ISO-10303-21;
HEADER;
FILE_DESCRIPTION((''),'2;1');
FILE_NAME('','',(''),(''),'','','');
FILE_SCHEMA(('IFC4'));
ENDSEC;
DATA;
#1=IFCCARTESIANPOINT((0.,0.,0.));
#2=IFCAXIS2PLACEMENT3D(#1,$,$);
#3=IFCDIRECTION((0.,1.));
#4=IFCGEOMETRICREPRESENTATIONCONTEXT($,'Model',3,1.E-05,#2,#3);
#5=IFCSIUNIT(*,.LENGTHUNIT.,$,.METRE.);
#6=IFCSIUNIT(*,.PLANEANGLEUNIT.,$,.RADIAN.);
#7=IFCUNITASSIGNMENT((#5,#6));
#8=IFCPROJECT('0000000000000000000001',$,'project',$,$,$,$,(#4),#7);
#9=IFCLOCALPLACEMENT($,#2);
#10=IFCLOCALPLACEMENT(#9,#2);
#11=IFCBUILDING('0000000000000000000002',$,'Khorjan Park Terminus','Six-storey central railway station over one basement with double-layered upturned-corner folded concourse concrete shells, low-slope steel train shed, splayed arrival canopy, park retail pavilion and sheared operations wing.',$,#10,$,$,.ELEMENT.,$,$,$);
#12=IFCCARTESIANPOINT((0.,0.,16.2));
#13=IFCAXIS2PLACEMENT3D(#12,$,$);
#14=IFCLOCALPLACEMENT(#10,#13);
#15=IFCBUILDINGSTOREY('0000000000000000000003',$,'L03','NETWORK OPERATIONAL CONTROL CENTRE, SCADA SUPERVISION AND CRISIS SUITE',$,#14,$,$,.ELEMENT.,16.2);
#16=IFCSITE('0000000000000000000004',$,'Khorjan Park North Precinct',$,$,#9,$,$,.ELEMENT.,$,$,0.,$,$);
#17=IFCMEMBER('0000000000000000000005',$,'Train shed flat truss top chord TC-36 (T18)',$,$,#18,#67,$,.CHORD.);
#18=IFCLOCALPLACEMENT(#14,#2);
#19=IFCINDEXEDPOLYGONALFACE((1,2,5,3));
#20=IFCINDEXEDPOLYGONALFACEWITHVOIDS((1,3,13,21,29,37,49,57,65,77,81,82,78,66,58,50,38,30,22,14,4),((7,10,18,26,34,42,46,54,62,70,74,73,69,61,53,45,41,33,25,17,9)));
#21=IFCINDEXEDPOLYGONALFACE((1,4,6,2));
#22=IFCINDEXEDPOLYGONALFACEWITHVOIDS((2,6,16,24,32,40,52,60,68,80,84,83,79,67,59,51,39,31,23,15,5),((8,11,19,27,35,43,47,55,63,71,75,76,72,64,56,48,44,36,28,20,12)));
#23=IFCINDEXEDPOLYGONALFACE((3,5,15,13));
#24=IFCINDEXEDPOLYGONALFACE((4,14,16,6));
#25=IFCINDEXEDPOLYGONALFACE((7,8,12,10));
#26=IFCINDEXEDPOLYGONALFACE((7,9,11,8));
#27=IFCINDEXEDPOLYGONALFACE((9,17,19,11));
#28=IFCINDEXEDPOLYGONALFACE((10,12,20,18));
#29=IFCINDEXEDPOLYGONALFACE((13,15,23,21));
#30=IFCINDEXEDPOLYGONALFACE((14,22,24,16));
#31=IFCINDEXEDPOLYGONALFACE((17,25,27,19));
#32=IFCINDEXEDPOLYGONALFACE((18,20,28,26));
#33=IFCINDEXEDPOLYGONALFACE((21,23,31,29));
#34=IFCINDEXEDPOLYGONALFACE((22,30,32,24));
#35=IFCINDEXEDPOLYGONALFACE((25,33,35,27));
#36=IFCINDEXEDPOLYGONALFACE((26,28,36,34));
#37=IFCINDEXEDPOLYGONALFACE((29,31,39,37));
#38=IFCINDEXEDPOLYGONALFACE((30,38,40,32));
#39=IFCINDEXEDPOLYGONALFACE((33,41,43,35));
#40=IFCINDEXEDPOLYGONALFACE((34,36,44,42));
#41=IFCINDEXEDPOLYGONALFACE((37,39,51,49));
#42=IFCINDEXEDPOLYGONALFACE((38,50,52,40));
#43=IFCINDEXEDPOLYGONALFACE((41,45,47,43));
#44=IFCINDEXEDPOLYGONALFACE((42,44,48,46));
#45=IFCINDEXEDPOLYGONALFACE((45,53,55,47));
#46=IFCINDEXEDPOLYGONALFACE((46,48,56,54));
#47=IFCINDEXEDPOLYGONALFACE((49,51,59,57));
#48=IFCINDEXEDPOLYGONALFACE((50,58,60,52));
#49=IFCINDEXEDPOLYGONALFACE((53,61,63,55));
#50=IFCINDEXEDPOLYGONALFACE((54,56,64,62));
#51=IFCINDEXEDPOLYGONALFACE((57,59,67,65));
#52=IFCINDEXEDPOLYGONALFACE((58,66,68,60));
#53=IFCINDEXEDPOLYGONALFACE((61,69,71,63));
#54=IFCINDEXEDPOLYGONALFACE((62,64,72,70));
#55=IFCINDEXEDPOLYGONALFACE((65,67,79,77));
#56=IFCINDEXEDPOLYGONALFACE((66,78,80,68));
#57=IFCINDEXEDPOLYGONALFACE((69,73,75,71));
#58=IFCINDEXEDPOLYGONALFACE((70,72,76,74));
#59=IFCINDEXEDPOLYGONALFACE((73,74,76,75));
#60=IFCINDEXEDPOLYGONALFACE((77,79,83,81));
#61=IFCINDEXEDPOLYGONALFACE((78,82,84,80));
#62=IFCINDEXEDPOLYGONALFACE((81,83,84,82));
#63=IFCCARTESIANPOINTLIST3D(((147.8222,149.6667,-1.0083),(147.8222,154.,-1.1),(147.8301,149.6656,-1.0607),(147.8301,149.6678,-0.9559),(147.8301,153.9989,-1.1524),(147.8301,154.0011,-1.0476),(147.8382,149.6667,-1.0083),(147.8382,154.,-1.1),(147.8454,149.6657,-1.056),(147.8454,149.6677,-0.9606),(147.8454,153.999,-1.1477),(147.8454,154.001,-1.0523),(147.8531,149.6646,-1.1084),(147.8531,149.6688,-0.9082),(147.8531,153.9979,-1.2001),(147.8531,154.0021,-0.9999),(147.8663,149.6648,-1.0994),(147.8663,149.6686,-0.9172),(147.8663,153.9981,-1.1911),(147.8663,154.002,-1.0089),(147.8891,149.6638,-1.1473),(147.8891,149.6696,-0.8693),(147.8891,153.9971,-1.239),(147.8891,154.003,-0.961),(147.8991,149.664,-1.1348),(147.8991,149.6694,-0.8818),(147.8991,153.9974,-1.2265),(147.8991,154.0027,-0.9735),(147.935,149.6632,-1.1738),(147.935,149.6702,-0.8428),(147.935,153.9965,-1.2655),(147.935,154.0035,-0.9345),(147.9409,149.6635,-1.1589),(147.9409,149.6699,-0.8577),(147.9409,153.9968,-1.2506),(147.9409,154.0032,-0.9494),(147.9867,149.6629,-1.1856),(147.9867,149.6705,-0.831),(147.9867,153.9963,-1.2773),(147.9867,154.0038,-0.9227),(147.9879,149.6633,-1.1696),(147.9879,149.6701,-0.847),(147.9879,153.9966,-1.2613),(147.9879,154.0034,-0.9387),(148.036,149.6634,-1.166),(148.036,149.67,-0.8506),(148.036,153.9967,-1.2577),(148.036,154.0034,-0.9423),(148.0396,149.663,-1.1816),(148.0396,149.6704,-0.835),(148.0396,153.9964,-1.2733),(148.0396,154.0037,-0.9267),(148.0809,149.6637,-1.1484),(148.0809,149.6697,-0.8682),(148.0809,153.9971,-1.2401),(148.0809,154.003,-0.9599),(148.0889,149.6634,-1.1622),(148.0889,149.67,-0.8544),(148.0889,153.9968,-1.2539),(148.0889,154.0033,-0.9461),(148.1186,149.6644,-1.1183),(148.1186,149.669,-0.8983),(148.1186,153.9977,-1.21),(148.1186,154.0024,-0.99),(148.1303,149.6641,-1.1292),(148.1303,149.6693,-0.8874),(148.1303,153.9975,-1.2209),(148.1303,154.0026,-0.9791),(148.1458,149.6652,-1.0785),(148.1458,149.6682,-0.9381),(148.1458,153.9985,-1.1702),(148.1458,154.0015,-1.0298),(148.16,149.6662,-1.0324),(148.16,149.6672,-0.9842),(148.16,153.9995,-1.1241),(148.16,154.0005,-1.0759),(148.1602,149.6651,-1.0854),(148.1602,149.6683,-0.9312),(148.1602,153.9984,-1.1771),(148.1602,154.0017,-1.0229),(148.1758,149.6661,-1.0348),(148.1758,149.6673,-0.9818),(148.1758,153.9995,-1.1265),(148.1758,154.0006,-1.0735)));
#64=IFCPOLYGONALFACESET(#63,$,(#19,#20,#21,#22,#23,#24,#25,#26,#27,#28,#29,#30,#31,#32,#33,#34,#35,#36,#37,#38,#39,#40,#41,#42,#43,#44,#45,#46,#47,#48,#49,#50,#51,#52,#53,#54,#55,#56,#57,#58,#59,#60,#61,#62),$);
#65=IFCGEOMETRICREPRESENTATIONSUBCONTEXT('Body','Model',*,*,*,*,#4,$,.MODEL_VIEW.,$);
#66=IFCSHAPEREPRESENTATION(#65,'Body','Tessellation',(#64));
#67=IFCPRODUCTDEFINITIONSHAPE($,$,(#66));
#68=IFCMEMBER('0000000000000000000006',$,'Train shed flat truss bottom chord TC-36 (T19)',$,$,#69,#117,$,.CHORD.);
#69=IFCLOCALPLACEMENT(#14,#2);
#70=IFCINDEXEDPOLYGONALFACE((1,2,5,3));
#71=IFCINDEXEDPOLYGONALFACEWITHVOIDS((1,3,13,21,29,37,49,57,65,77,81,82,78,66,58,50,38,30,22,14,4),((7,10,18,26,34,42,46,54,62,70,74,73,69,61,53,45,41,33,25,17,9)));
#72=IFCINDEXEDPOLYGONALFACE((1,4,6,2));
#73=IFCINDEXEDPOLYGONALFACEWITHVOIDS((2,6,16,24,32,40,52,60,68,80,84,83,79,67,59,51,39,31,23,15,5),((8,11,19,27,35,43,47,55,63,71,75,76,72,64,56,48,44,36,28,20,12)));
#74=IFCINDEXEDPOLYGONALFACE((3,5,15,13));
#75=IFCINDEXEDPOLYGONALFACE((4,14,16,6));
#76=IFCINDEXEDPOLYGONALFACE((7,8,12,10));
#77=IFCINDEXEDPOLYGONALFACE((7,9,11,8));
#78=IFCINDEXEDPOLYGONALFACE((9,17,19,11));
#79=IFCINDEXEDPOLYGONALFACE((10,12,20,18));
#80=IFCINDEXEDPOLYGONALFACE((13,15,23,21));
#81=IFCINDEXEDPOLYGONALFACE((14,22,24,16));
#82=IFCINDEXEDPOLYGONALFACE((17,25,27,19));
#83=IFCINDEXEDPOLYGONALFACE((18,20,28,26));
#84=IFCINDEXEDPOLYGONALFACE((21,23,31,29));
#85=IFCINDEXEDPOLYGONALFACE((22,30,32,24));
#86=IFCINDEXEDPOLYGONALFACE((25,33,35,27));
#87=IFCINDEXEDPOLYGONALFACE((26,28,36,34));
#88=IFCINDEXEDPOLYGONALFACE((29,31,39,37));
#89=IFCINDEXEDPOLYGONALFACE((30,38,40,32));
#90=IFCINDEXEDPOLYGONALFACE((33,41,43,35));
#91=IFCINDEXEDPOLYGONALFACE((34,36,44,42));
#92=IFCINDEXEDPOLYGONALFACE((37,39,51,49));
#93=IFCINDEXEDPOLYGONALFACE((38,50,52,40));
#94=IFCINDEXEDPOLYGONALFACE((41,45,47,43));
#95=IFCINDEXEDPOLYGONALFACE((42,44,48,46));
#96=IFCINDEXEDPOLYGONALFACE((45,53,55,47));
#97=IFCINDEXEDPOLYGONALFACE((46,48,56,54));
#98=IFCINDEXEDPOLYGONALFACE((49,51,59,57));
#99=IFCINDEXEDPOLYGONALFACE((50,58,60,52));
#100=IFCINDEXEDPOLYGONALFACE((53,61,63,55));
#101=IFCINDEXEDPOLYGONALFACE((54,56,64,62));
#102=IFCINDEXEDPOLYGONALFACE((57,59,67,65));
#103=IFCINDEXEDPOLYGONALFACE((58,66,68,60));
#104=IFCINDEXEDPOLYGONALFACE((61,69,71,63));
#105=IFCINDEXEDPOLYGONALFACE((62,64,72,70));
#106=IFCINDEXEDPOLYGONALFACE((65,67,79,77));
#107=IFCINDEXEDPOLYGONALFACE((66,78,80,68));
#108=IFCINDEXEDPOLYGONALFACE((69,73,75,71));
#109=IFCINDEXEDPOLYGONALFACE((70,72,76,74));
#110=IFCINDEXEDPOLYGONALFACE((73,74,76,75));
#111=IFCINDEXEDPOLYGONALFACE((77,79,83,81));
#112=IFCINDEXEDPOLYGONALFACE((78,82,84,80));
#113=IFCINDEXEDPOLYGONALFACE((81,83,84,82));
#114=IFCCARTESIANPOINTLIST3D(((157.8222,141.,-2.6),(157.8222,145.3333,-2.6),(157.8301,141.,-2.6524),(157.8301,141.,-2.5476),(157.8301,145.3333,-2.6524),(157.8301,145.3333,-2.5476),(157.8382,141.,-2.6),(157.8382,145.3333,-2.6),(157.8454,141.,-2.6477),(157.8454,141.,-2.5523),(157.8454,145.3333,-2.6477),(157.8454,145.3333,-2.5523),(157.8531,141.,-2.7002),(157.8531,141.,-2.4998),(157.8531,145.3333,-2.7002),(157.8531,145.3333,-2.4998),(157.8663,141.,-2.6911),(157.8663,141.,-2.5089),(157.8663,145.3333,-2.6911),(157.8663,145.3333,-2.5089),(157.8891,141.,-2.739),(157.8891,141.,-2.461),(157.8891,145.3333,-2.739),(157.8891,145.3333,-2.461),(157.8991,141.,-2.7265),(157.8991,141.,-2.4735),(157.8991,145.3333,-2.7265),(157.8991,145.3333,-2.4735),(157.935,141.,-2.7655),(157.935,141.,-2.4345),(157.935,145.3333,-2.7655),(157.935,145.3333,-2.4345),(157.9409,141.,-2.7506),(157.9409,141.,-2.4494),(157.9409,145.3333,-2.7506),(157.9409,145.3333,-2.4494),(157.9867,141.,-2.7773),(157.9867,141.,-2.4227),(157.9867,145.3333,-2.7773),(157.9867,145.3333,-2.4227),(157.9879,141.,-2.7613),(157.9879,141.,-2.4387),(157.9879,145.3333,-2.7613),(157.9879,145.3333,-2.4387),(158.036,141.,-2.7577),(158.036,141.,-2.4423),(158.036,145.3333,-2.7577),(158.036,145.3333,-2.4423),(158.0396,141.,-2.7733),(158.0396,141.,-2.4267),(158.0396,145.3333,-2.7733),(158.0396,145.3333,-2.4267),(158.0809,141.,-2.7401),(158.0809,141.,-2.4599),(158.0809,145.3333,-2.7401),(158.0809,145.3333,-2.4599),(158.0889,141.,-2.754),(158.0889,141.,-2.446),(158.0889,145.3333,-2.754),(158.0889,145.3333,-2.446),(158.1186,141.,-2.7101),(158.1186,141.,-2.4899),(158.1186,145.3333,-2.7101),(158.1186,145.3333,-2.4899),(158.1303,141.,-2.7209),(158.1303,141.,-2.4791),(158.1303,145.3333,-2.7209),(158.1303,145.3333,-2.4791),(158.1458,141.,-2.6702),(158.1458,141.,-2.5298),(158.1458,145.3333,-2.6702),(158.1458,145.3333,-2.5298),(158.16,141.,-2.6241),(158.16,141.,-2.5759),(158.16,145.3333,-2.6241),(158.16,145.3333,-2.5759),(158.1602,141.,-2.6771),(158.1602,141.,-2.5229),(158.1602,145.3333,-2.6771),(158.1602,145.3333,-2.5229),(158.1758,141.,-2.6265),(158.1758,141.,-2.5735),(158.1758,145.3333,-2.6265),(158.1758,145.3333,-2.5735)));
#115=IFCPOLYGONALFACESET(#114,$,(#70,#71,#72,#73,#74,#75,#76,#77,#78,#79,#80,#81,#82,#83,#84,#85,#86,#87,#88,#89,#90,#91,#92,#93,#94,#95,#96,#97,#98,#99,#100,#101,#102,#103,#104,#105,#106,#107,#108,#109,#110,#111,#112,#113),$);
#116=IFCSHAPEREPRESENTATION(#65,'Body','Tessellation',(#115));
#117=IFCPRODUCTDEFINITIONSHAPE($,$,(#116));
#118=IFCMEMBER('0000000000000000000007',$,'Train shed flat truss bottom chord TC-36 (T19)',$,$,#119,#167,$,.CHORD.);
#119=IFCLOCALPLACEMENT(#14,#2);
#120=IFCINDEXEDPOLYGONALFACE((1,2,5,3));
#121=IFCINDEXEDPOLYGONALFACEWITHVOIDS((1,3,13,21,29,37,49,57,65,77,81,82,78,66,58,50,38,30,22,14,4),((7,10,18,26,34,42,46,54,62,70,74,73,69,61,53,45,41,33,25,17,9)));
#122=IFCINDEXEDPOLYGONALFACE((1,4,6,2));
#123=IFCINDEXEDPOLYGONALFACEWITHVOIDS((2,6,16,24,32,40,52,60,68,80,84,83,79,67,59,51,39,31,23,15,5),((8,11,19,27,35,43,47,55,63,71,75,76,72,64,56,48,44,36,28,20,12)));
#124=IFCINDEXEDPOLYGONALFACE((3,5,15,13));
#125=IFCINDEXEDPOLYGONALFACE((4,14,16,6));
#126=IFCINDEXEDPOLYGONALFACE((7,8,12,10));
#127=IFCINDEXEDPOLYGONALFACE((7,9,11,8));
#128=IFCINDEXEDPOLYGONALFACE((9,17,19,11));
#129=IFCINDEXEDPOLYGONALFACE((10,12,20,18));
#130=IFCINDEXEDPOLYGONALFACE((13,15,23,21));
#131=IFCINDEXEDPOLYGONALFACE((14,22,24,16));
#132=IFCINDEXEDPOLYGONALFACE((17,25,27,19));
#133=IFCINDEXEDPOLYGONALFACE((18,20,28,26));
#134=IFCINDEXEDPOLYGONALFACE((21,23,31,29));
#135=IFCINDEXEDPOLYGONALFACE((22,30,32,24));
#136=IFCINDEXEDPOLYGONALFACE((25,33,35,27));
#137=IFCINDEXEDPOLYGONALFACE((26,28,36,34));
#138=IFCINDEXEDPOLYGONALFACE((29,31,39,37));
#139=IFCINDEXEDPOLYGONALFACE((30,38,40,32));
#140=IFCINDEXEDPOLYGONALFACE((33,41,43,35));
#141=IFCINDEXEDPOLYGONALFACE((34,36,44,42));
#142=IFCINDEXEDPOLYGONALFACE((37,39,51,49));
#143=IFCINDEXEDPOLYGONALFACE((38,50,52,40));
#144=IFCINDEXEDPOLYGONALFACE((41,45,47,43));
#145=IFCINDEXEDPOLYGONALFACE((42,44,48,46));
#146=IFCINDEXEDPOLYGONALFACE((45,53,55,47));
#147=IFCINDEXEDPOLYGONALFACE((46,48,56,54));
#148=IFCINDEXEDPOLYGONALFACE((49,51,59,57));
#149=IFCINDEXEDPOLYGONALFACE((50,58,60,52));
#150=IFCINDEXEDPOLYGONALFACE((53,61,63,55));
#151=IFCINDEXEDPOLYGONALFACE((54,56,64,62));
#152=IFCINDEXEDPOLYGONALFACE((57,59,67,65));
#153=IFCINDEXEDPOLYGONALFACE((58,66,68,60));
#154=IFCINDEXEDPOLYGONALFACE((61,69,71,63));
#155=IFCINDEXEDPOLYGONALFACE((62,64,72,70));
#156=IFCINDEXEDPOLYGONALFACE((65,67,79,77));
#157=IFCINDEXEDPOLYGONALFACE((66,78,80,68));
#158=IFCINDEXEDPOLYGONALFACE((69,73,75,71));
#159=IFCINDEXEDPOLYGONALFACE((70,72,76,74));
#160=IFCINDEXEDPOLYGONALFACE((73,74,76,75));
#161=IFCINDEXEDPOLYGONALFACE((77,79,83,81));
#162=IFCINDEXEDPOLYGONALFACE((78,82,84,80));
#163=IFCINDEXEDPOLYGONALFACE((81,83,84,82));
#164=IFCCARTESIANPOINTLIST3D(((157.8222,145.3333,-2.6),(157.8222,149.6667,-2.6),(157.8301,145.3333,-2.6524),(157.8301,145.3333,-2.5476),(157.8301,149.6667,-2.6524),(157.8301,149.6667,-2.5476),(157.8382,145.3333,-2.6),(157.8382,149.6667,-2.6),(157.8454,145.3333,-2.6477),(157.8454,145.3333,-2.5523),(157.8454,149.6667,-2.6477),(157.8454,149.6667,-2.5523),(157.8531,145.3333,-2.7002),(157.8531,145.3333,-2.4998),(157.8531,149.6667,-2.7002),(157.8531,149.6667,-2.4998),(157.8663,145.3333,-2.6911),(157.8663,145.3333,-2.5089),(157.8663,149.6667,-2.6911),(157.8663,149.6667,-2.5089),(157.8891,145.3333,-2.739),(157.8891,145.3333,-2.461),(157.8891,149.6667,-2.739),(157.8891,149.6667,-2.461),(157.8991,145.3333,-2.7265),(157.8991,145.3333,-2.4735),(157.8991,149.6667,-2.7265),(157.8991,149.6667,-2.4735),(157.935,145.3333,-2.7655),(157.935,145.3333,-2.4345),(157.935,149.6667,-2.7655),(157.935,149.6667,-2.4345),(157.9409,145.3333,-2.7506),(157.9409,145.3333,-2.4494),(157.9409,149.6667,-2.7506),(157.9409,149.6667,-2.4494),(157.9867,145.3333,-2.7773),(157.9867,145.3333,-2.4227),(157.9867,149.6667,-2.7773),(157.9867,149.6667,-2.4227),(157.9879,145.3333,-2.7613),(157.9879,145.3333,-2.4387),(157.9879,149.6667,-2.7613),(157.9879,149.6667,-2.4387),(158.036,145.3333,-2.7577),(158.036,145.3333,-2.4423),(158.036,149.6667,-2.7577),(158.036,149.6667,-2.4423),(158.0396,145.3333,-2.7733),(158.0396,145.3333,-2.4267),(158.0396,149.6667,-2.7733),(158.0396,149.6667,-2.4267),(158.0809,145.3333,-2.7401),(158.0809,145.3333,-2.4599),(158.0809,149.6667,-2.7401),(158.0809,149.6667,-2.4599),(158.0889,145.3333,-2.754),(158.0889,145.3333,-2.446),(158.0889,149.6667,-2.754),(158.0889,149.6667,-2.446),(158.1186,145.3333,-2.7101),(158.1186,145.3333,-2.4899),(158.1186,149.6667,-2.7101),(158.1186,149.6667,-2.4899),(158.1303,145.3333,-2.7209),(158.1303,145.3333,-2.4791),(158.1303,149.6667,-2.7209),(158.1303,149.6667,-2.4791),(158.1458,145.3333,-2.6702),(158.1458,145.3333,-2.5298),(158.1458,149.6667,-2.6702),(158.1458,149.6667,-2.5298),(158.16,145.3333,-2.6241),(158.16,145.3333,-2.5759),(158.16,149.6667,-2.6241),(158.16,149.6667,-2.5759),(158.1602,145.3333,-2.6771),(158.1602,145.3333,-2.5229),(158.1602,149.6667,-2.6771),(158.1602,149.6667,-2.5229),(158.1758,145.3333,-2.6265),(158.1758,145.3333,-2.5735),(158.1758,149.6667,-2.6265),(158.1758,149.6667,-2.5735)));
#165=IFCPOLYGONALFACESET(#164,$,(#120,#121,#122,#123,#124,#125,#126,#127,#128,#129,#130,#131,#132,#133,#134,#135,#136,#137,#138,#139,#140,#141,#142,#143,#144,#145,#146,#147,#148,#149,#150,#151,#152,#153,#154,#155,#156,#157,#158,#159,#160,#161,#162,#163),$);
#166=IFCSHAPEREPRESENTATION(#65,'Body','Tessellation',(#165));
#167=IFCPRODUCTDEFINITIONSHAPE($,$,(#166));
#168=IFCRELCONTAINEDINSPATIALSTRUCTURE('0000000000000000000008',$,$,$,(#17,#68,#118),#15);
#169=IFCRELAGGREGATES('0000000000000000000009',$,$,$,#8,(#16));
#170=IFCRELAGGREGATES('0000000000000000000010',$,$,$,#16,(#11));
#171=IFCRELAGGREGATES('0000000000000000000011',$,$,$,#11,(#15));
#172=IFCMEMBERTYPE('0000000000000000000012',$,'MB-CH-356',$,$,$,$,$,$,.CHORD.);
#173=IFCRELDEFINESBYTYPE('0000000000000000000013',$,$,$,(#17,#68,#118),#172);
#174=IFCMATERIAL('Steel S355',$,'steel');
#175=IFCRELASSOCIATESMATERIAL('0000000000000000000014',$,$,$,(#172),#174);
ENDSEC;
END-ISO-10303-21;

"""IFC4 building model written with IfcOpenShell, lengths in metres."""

from ifc_helpers import new_model, si_unit, direction, frame, origin, origin_2d, place, context, subcontext, project, spatial, hollow_circle, extrude, material, material_profile, profile_set, type_object, element, save


model = new_model("IFC4")

# Units and contexts
model_context = context("Model", 3, precision=1e-05, world=origin(), true_north=direction((0.0, 1.0)))
body_context = subcontext(model_context, "Body", "Model", "MODEL_VIEW")
ifc_project = project(units=[si_unit("LENGTHUNIT", "METRE"), si_unit("PLANEANGLEUNIT", "RADIAN")], contexts=[model_context])

# Site, building, storey
site_placement = place(None, origin())
site = spatial("IfcSite", under=ifc_project, at=site_placement, Name="Khorjan Park North Precinct", CompositionType="ELEMENT", RefElevation=0.0)
building_placement = place(site_placement, origin())
building = spatial("IfcBuilding", under=site, at=building_placement, Name="Khorjan Park Terminus", Description="Six-storey central railway station over one basement with double-layered upturned-corner folded concourse concrete shells, low-slope steel train shed, splayed arrival canopy, park retail pavilion and sheared operations wing.", CompositionType="ELEMENT")
storey_placement = place(building_placement, frame((0.0, 0.0, 16.2)))
storey = spatial("IfcBuildingStorey", under=building, at=storey_placement, Name="L03", Description="NETWORK OPERATIONAL CONTROL CENTRE, SCADA SUPERVISION AND CRISIS SUITE", CompositionType="ELEMENT", Elevation=16.2)

# Members
ifc_material = material(Name="Steel S355", Category="steel")
ifc_material_profile_1 = material_profile(ifc_material, hollow_circle(Radius=0.1778, WallThickness=0.016, at=origin_2d()), Name="CHS 355.6x16")
ifc_profile_set_1 = profile_set([ifc_material_profile_1], Name="Steel S355")
member_type_1 = type_object("IfcMemberType", Name="MB-CH-356", PredefinedType="CHORD", material=ifc_profile_set_1)
member_1_placement = place(storey_placement, frame((148.0, 149.6667, -1.0083), z_axis=(0.0, 0.999776, -0.021157), x_axis=(-1.0, 0.0, 0.0)))
element("IfcMember", 1, at=member_1_placement, inside=storey, type_object=member_type_1, Name="Train shed flat truss top chord TC-36 (T18)", PredefinedType="CHORD", context=body_context, shape_type="SweptSolid", body=[
    extrude(hollow_circle(Radius=0.1778, WallThickness=0.016, at=origin_2d()), origin(), (0.0, 0.0, 1.0), 4.3343),
])
member_2_placement = place(storey_placement, frame((158.0, 141.0, -2.6), z_axis=(0.0, 1.0, 0.0), x_axis=(-1.0, 0.0, 0.0)))
element("IfcMember", 2, at=member_2_placement, inside=storey, type_object=member_type_1, Name="Train shed flat truss bottom chord TC-36 (T19)", PredefinedType="CHORD", context=body_context, shape_type="SweptSolid", body=[
    extrude(hollow_circle(Radius=0.1778, WallThickness=0.016, at=origin_2d()), origin(), (0.0, 0.0, 1.0), 4.3333),
])
member_3_placement = place(storey_placement, frame((158.0, 145.3333, -2.6), z_axis=(0.0, 1.0, 0.0), x_axis=(-1.0, 0.0, 0.0)))
element("IfcMember", 3, at=member_3_placement, inside=storey, type_object=member_type_1, Name="Train shed flat truss bottom chord TC-36 (T19)", PredefinedType="CHORD", context=body_context, shape_type="SweptSolid", body=[
    extrude(hollow_circle(Radius=0.1778, WallThickness=0.016, at=origin_2d()), origin(), (0.0, 0.0, 1.0), 4.3334),
])

save(model, "model.ifc")
